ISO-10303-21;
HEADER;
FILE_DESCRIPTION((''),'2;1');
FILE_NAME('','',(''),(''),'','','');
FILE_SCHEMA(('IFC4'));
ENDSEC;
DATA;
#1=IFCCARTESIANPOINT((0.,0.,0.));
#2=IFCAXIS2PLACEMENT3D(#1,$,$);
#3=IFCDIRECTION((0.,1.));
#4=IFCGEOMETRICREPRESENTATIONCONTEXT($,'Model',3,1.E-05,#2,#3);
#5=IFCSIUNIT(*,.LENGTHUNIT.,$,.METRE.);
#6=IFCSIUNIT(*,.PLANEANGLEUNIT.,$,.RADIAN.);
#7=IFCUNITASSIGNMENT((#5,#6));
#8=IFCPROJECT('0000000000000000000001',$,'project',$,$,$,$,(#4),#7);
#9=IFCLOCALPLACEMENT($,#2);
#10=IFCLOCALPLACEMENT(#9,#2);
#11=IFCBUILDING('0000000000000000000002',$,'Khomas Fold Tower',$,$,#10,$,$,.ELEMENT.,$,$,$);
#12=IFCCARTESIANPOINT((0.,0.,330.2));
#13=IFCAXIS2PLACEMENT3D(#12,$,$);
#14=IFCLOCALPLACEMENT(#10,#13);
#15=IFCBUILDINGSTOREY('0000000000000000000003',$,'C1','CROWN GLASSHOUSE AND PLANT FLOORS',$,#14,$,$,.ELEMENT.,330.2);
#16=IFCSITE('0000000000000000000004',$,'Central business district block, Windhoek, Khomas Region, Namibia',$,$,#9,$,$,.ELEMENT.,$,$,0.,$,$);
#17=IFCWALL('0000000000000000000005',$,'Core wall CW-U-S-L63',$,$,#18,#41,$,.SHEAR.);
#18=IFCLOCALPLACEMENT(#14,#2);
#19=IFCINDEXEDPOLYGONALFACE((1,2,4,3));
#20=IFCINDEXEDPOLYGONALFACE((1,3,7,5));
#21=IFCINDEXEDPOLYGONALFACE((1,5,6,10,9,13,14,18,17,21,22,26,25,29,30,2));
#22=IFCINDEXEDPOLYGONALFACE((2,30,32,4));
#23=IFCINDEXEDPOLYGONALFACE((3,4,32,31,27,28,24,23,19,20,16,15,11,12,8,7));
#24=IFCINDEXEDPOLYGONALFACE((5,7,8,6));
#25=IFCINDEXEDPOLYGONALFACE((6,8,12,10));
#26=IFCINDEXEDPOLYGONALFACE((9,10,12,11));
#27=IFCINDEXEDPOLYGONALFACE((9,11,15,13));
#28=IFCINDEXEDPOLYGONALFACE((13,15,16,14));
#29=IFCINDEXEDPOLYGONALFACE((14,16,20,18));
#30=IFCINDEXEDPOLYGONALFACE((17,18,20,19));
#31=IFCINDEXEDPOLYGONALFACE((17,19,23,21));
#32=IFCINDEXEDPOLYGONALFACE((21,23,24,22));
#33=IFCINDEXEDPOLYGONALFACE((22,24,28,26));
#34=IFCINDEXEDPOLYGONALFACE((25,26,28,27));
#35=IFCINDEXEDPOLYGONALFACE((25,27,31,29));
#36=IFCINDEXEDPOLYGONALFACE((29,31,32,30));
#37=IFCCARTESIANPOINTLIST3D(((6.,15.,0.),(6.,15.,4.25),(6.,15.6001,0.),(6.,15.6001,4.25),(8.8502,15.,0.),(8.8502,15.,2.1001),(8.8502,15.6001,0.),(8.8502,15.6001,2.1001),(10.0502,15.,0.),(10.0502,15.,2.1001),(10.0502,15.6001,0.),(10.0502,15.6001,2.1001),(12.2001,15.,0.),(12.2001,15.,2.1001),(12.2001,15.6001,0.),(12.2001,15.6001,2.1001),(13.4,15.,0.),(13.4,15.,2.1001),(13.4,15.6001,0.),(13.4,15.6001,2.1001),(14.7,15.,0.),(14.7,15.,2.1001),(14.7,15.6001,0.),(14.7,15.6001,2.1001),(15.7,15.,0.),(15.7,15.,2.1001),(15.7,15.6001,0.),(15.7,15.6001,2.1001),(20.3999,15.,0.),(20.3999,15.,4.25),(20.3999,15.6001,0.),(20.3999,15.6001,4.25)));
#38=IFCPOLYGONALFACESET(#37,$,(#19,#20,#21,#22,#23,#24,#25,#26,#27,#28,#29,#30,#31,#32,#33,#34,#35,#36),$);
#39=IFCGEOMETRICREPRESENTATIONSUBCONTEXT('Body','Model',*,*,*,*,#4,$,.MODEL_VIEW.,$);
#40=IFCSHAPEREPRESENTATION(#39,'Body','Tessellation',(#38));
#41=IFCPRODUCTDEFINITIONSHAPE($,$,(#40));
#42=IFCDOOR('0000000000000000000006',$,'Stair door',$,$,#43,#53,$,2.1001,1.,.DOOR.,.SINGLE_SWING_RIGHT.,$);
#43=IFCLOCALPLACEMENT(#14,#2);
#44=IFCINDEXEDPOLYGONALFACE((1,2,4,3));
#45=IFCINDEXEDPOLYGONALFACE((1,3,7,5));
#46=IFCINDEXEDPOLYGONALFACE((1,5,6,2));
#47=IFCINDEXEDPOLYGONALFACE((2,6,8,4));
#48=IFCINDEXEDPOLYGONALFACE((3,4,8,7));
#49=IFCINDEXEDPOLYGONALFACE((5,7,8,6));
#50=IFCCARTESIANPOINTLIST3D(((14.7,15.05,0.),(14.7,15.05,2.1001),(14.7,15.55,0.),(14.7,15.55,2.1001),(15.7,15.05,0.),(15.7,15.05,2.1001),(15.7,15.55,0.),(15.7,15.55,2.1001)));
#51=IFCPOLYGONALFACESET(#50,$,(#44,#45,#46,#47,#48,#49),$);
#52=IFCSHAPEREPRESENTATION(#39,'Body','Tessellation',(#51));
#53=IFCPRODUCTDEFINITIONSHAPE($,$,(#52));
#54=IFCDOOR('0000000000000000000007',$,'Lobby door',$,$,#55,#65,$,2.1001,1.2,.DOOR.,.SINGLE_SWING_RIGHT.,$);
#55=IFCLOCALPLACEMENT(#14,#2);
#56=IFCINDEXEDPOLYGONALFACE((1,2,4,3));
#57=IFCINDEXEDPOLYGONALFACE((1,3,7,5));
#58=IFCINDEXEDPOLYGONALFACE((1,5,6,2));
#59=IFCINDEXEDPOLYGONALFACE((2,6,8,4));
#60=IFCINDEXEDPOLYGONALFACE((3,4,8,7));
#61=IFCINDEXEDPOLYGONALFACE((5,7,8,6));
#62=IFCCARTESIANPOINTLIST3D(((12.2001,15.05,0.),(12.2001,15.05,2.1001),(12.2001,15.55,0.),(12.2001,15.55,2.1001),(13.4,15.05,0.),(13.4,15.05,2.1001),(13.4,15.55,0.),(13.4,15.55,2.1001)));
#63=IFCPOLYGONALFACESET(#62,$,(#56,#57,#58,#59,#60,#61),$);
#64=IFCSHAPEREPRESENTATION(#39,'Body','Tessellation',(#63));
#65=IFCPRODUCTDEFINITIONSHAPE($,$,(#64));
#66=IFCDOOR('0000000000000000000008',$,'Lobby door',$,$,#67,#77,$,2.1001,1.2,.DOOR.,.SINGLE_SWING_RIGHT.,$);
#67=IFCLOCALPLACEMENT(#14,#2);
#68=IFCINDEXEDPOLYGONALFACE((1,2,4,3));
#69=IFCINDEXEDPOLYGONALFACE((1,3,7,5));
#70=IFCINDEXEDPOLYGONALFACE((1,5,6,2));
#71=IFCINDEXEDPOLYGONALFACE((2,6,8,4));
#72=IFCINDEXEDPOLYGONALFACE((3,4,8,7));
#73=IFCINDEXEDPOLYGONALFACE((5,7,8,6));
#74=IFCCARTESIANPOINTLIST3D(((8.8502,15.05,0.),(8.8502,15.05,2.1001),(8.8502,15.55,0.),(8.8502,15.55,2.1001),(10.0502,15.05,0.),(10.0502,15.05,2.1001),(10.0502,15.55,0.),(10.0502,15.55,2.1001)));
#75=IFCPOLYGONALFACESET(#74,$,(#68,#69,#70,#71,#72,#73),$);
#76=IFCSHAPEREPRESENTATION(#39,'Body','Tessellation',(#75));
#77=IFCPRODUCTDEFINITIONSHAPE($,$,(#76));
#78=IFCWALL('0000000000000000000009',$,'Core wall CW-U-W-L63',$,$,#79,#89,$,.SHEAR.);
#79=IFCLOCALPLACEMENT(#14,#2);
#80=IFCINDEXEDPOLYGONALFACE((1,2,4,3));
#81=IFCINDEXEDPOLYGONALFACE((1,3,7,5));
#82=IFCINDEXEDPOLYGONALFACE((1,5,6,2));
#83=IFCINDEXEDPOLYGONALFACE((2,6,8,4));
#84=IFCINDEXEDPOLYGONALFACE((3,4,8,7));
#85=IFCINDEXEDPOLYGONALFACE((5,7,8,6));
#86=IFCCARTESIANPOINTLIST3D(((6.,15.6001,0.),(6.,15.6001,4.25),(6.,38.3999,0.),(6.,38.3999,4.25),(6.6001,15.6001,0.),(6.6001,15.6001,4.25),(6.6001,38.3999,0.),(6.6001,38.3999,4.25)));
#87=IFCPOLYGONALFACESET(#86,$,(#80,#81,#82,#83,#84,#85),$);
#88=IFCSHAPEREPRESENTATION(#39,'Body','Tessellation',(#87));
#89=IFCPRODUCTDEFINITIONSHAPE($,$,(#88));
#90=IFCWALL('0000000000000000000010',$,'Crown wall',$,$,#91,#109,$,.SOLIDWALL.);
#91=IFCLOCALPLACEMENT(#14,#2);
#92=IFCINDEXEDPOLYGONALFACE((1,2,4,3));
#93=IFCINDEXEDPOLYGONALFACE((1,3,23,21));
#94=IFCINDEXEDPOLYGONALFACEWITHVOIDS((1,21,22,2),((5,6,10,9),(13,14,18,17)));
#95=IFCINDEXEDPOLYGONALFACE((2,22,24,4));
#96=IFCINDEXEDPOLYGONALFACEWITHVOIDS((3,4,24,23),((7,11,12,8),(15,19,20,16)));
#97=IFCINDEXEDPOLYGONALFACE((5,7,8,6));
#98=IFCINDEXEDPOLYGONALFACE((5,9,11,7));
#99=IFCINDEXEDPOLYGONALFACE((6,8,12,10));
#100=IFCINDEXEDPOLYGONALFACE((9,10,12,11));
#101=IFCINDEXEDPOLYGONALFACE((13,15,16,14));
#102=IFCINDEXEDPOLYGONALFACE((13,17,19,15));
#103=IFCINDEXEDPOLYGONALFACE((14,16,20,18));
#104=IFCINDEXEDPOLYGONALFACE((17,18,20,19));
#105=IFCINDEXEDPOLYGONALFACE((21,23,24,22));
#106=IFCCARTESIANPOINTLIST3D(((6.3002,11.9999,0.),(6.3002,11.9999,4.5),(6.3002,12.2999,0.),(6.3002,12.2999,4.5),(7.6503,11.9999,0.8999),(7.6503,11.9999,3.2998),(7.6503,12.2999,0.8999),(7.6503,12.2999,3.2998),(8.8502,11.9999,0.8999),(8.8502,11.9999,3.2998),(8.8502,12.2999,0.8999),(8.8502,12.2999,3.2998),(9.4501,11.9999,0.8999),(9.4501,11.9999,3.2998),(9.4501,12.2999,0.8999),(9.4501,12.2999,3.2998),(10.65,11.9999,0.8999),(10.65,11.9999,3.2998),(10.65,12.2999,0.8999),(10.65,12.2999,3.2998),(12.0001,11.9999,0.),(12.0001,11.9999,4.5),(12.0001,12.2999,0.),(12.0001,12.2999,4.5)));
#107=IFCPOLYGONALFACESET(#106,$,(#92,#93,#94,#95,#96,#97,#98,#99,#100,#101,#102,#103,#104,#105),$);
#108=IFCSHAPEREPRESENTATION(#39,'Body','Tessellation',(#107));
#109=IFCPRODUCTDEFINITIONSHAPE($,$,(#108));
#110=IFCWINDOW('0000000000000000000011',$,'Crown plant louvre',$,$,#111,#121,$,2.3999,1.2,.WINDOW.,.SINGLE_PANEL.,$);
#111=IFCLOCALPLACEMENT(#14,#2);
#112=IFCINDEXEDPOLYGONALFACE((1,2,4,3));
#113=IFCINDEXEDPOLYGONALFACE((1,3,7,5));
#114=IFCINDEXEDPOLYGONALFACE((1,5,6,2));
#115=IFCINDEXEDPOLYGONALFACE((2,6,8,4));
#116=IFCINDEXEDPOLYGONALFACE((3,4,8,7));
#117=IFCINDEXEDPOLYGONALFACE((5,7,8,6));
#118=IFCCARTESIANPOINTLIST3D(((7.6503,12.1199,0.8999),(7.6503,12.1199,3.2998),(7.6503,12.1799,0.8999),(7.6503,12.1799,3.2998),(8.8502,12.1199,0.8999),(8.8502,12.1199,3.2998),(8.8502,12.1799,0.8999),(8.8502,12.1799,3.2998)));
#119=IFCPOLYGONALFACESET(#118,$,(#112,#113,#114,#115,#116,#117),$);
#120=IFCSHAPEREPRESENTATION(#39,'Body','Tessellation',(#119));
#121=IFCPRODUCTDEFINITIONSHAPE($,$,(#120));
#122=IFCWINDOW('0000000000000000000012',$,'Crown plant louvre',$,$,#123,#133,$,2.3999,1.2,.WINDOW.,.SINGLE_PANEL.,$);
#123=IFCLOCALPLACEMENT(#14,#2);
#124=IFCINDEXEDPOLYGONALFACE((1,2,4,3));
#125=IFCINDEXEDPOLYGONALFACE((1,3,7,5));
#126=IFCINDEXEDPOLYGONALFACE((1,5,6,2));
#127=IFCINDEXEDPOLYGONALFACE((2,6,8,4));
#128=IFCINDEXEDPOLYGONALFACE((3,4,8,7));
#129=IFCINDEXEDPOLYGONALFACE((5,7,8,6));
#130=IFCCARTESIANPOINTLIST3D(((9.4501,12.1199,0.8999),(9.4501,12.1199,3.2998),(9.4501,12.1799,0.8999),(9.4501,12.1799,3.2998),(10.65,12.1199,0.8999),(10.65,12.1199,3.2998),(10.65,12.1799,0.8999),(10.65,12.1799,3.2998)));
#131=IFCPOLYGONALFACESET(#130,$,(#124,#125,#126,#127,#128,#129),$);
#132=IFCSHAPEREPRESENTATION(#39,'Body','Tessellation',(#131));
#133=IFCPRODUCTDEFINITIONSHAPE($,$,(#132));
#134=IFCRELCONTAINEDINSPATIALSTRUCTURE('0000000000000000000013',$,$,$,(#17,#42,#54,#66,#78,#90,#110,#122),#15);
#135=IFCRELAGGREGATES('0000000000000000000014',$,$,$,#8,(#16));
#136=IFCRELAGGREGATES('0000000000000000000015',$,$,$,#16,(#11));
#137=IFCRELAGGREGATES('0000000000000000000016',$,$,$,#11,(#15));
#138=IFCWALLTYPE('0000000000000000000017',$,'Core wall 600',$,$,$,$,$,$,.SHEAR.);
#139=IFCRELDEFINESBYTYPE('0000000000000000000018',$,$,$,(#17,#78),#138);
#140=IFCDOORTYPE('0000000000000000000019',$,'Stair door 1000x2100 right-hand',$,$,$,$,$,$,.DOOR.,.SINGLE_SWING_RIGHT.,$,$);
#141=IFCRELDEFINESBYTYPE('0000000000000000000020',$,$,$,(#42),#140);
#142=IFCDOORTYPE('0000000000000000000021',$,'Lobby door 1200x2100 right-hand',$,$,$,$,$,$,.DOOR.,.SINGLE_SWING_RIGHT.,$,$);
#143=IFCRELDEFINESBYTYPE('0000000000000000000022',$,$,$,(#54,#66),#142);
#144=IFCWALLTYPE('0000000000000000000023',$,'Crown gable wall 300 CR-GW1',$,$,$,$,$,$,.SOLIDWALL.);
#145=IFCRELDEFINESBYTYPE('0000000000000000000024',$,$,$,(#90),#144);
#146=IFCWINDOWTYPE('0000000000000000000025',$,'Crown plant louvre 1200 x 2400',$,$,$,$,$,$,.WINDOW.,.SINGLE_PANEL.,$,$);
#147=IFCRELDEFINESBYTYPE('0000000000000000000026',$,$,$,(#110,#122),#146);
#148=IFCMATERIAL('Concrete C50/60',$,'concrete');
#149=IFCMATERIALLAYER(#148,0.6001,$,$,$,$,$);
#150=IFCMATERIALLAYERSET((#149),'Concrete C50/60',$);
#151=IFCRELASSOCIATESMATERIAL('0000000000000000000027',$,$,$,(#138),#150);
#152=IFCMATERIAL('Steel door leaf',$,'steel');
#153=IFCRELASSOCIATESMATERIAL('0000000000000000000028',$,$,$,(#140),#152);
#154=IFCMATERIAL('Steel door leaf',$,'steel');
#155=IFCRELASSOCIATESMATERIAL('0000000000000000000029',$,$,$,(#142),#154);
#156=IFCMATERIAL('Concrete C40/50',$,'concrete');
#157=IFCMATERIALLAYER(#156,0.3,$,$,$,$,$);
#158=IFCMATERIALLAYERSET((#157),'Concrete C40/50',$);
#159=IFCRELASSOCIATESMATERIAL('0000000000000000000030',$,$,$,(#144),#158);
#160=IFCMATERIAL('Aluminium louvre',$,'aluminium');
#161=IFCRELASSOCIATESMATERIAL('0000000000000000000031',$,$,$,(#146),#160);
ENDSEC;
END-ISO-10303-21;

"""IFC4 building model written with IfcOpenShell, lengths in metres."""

from ifc_helpers import new_model, si_unit, direction, frame, frame_2d, origin, place, context, subcontext, project, spatial, rectangle, extrude, source, transform, mapped, material, layer, layer_set, type_object, element, fill, save


model = new_model("IFC4")

# Units and contexts
model_context = context("Model", 3, precision=1e-05, world=origin(), true_north=direction((0.0, 1.0)))
body_context = subcontext(model_context, "Body", "Model", "MODEL_VIEW")
ifc_project = project(units=[si_unit("LENGTHUNIT", "METRE"), si_unit("PLANEANGLEUNIT", "RADIAN")], contexts=[model_context])

# Site, building, storey
site_placement = place(None, origin())
site = spatial("IfcSite", under=ifc_project, at=site_placement, Name="Central business district block, Windhoek, Khomas Region, Namibia", CompositionType="ELEMENT", RefElevation=0.0)
building_placement = place(site_placement, origin())
building = spatial("IfcBuilding", under=site, at=building_placement, Name="Khomas Fold Tower", CompositionType="ELEMENT")
storey_placement = place(building_placement, frame((0.0, 0.0, 330.2)))
storey = spatial("IfcBuildingStorey", under=building, at=storey_placement, Name="C1", Description="CROWN GLASSHOUSE AND PLANT FLOORS", CompositionType="ELEMENT", Elevation=330.2)

# Wall, openings, doors
ifc_material_1 = material(Name="Concrete C50/60", Category="concrete")
ifc_layer_1 = layer(ifc_material_1, 0.6001)
ifc_layer_set_1 = layer_set([ifc_layer_1], Name="Concrete C50/60")
wall_type_1 = type_object("IfcWallType", Name="Core wall 600", PredefinedType="SHEAR", material=ifc_layer_set_1)
shared_shape_1 = source(origin(), body_context, "Body", "SweptSolid", [
    extrude(rectangle(XDim=14.3999, YDim=0.6001, at=frame_2d((7.2, 0.0))), origin(), (0.0, 0.0, 1.0), 4.25),
])
wall_1_placement = place(storey_placement, frame((6.0, 15.3, 0.0), z_axis=(0.0, 0.0, 1.0), x_axis=(1.0, 0.0, 0.0)))
wall_1 = element("IfcWall", 1, at=wall_1_placement, inside=storey, type_object=wall_type_1, Name="Core wall CW-U-S-L63", PredefinedType="SHEAR", context=body_context, shape_type="MappedRepresentation", body=[
    mapped(shared_shape_1, transform((0.0, 0.0, 0.0))),
])
shared_shape_2 = source(origin(), body_context, "Body", "SweptSolid", [
    extrude(rectangle(XDim=1.2, YDim=2.1001, at=frame_2d((0.6001, 1.05))), frame((0.0, 0.3101, 0.0), z_axis=(0.0, -1.0, 0.0), x_axis=(1.0, 0.0, 0.0)), (0.0, 0.0, 1.0), 0.6201),
])
opening_1_placement = place(wall_1_placement, frame((6.2, 0.0, 0.0)))
opening_1 = element("IfcOpeningElement", 2, at=opening_1_placement, cuts=wall_1, PredefinedType="OPENING", context=body_context, shape_type="MappedRepresentation", body=[
    mapped(shared_shape_2, transform((0.0, 0.0, 0.0))),
])
opening_2_placement = place(wall_1_placement, frame((2.8501, 0.0, 0.0)))
opening_2 = element("IfcOpeningElement", 3, at=opening_2_placement, cuts=wall_1, PredefinedType="OPENING", context=body_context, shape_type="MappedRepresentation", body=[
    mapped(shared_shape_2, transform((0.0, 0.0, 0.0))),
])
shared_shape_3 = source(origin(), body_context, "Body", "SweptSolid", [
    extrude(rectangle(XDim=1.0, YDim=2.1001, at=frame_2d((0.5, 1.05))), frame((0.0, 0.3101, 0.0), z_axis=(0.0, -1.0, 0.0), x_axis=(1.0, 0.0, 0.0)), (0.0, 0.0, 1.0), 0.6201),
])
opening_3_placement = place(wall_1_placement, frame((8.7, 0.0, 0.0)))
opening_3 = element("IfcOpeningElement", 4, at=opening_3_placement, cuts=wall_1, PredefinedType="OPENING", context=body_context, shape_type="MappedRepresentation", body=[
    mapped(shared_shape_3, transform((0.0, 0.0, 0.0))),
])
ifc_material_2 = material(Name="Steel door leaf", Category="steel")
door_type_1 = type_object("IfcDoorType", Name="Stair door 1000x2100 right-hand", OperationType="SINGLE_SWING_RIGHT", PredefinedType="DOOR", material=ifc_material_2)
shared_shape_4 = source(origin(), body_context, "Body", "SweptSolid", [
    extrude(rectangle(XDim=1.0, YDim=2.1001, at=frame_2d((0.5, 1.05))), frame((0.0, 0.25, 0.0), z_axis=(0.0, -1.0, 0.0), x_axis=(1.0, 0.0, 0.0)), (0.0, 0.0, 1.0), 0.5),
])
door_1_placement = place(opening_3_placement, origin())
door_1 = element("IfcDoor", 5, at=door_1_placement, inside=storey, type_object=door_type_1, Name="Stair door", OperationType="SINGLE_SWING_RIGHT", OverallHeight=2.1001, OverallWidth=1.0, PredefinedType="DOOR", context=body_context, shape_type="MappedRepresentation", body=[
    mapped(shared_shape_4, transform((0.0, 0.0, 0.0))),
])
fill(opening_3, door_1)
ifc_material_3 = material(Name="Steel door leaf", Category="steel")
door_type_2 = type_object("IfcDoorType", Name="Lobby door 1200x2100 right-hand", OperationType="SINGLE_SWING_RIGHT", PredefinedType="DOOR", material=ifc_material_3)
shared_shape_5 = source(origin(), body_context, "Body", "SweptSolid", [
    extrude(rectangle(XDim=1.2, YDim=2.1001, at=frame_2d((0.6001, 1.05))), frame((0.0, 0.25, 0.0), z_axis=(0.0, -1.0, 0.0), x_axis=(1.0, 0.0, 0.0)), (0.0, 0.0, 1.0), 0.5),
])
door_2_placement = place(opening_1_placement, origin())
door_2 = element("IfcDoor", 6, at=door_2_placement, inside=storey, type_object=door_type_2, Name="Lobby door", OperationType="SINGLE_SWING_RIGHT", OverallHeight=2.1001, OverallWidth=1.2, PredefinedType="DOOR", context=body_context, shape_type="MappedRepresentation", body=[
    mapped(shared_shape_5, transform((0.0, 0.0, 0.0))),
])
fill(opening_1, door_2)
door_3_placement = place(opening_2_placement, origin())
door_3 = element("IfcDoor", 7, at=door_3_placement, inside=storey, type_object=door_type_2, Name="Lobby door", OperationType="SINGLE_SWING_RIGHT", OverallHeight=2.1001, OverallWidth=1.2, PredefinedType="DOOR", context=body_context, shape_type="MappedRepresentation", body=[
    mapped(shared_shape_5, transform((0.0, 0.0, 0.0))),
])
fill(opening_2, door_3)

# Wall
shared_shape_6 = source(origin(), body_context, "Body", "SweptSolid", [
    extrude(rectangle(XDim=22.7998, YDim=0.6001, at=frame_2d((11.3999, 0.0))), origin(), (0.0, 0.0, 1.0), 4.25),
])
wall_2_placement = place(storey_placement, frame((6.3, 15.6001, 0.0), z_axis=(0.0, 0.0, 1.0), x_axis=(0.0, 1.0, 0.0)))
element("IfcWall", 8, at=wall_2_placement, inside=storey, type_object=wall_type_1, Name="Core wall CW-U-W-L63", PredefinedType="SHEAR", context=body_context, shape_type="MappedRepresentation", body=[
    mapped(shared_shape_6, transform((0.0, 0.0, 0.0))),
])

# Wall, openings, windows
ifc_material_4 = material(Name="Concrete C40/50", Category="concrete")
ifc_layer_2 = layer(ifc_material_4, 0.3)
ifc_layer_set_2 = layer_set([ifc_layer_2], Name="Concrete C40/50")
wall_type_2 = type_object("IfcWallType", Name="Crown gable wall 300 CR-GW1", PredefinedType="SOLIDWALL", material=ifc_layer_set_2)
shared_shape_7 = source(origin(), body_context, "Body", "SweptSolid", [
    extrude(rectangle(XDim=5.7, YDim=0.3, at=frame_2d((2.8501, 0.0))), origin(), (0.0, 0.0, 1.0), 4.5),
])
wall_3_placement = place(storey_placement, frame((6.3, 12.1499, 0.0), z_axis=(0.0, 0.0, 1.0), x_axis=(1.0, 0.0, 0.0)))
wall_3 = element("IfcWall", 9, at=wall_3_placement, inside=storey, type_object=wall_type_2, Name="Crown wall", PredefinedType="SOLIDWALL", context=body_context, shape_type="MappedRepresentation", body=[
    mapped(shared_shape_7, transform((0.0, 0.0, 0.0))),
])
shared_shape_8 = source(origin(), body_context, "Body", "SweptSolid", [
    extrude(rectangle(XDim=1.2, YDim=2.3999, at=frame_2d((0.6001, 1.2))), frame((0.0, 0.1599, 0.0), z_axis=(0.0, -1.0, 0.0), x_axis=(1.0, 0.0, 0.0)), (0.0, 0.0, 1.0), 0.3201),
])
opening_4_placement = place(wall_3_placement, frame((1.3501, 0.0, 0.8999)))
opening_4 = element("IfcOpeningElement", 10, at=opening_4_placement, cuts=wall_3, PredefinedType="OPENING", context=body_context, shape_type="MappedRepresentation", body=[
    mapped(shared_shape_8, transform((0.0, 0.0, 0.0))),
])
opening_5_placement = place(wall_3_placement, frame((3.1499, 0.0, 0.8999)))
opening_5 = element("IfcOpeningElement", 11, at=opening_5_placement, cuts=wall_3, PredefinedType="OPENING", context=body_context, shape_type="MappedRepresentation", body=[
    mapped(shared_shape_8, transform((0.0, 0.0, 0.0))),
])
ifc_material_5 = material(Name="Aluminium louvre", Category="aluminium")
window_type = type_object("IfcWindowType", Name="Crown plant louvre 1200 x 2400", PartitioningType="SINGLE_PANEL", PredefinedType="WINDOW", material=ifc_material_5)
shared_shape_9 = source(origin(), body_context, "Body", "SweptSolid", [
    extrude(rectangle(XDim=1.2, YDim=2.3999, at=frame_2d((0.6001, 1.2))), frame((0.0, 0.03, 0.0), z_axis=(0.0, -1.0, 0.0), x_axis=(1.0, 0.0, 0.0)), (0.0, 0.0, 1.0), 0.0601),
])
window_1_placement = place(opening_4_placement, origin())
window_1 = element("IfcWindow", 12, at=window_1_placement, inside=storey, type_object=window_type, Name="Crown plant louvre", OverallHeight=2.3999, OverallWidth=1.2, PartitioningType="SINGLE_PANEL", PredefinedType="WINDOW", context=body_context, shape_type="MappedRepresentation", body=[
    mapped(shared_shape_9, transform((0.0, 0.0, 0.0))),
])
fill(opening_4, window_1)
window_2_placement = place(opening_5_placement, origin())
window_2 = element("IfcWindow", 13, at=window_2_placement, inside=storey, type_object=window_type, Name="Crown plant louvre", OverallHeight=2.3999, OverallWidth=1.2, PartitioningType="SINGLE_PANEL", PredefinedType="WINDOW", context=body_context, shape_type="MappedRepresentation", body=[
    mapped(shared_shape_9, transform((0.0, 0.0, 0.0))),
])
fill(opening_5, window_2)

save(model, "model.ifc")
